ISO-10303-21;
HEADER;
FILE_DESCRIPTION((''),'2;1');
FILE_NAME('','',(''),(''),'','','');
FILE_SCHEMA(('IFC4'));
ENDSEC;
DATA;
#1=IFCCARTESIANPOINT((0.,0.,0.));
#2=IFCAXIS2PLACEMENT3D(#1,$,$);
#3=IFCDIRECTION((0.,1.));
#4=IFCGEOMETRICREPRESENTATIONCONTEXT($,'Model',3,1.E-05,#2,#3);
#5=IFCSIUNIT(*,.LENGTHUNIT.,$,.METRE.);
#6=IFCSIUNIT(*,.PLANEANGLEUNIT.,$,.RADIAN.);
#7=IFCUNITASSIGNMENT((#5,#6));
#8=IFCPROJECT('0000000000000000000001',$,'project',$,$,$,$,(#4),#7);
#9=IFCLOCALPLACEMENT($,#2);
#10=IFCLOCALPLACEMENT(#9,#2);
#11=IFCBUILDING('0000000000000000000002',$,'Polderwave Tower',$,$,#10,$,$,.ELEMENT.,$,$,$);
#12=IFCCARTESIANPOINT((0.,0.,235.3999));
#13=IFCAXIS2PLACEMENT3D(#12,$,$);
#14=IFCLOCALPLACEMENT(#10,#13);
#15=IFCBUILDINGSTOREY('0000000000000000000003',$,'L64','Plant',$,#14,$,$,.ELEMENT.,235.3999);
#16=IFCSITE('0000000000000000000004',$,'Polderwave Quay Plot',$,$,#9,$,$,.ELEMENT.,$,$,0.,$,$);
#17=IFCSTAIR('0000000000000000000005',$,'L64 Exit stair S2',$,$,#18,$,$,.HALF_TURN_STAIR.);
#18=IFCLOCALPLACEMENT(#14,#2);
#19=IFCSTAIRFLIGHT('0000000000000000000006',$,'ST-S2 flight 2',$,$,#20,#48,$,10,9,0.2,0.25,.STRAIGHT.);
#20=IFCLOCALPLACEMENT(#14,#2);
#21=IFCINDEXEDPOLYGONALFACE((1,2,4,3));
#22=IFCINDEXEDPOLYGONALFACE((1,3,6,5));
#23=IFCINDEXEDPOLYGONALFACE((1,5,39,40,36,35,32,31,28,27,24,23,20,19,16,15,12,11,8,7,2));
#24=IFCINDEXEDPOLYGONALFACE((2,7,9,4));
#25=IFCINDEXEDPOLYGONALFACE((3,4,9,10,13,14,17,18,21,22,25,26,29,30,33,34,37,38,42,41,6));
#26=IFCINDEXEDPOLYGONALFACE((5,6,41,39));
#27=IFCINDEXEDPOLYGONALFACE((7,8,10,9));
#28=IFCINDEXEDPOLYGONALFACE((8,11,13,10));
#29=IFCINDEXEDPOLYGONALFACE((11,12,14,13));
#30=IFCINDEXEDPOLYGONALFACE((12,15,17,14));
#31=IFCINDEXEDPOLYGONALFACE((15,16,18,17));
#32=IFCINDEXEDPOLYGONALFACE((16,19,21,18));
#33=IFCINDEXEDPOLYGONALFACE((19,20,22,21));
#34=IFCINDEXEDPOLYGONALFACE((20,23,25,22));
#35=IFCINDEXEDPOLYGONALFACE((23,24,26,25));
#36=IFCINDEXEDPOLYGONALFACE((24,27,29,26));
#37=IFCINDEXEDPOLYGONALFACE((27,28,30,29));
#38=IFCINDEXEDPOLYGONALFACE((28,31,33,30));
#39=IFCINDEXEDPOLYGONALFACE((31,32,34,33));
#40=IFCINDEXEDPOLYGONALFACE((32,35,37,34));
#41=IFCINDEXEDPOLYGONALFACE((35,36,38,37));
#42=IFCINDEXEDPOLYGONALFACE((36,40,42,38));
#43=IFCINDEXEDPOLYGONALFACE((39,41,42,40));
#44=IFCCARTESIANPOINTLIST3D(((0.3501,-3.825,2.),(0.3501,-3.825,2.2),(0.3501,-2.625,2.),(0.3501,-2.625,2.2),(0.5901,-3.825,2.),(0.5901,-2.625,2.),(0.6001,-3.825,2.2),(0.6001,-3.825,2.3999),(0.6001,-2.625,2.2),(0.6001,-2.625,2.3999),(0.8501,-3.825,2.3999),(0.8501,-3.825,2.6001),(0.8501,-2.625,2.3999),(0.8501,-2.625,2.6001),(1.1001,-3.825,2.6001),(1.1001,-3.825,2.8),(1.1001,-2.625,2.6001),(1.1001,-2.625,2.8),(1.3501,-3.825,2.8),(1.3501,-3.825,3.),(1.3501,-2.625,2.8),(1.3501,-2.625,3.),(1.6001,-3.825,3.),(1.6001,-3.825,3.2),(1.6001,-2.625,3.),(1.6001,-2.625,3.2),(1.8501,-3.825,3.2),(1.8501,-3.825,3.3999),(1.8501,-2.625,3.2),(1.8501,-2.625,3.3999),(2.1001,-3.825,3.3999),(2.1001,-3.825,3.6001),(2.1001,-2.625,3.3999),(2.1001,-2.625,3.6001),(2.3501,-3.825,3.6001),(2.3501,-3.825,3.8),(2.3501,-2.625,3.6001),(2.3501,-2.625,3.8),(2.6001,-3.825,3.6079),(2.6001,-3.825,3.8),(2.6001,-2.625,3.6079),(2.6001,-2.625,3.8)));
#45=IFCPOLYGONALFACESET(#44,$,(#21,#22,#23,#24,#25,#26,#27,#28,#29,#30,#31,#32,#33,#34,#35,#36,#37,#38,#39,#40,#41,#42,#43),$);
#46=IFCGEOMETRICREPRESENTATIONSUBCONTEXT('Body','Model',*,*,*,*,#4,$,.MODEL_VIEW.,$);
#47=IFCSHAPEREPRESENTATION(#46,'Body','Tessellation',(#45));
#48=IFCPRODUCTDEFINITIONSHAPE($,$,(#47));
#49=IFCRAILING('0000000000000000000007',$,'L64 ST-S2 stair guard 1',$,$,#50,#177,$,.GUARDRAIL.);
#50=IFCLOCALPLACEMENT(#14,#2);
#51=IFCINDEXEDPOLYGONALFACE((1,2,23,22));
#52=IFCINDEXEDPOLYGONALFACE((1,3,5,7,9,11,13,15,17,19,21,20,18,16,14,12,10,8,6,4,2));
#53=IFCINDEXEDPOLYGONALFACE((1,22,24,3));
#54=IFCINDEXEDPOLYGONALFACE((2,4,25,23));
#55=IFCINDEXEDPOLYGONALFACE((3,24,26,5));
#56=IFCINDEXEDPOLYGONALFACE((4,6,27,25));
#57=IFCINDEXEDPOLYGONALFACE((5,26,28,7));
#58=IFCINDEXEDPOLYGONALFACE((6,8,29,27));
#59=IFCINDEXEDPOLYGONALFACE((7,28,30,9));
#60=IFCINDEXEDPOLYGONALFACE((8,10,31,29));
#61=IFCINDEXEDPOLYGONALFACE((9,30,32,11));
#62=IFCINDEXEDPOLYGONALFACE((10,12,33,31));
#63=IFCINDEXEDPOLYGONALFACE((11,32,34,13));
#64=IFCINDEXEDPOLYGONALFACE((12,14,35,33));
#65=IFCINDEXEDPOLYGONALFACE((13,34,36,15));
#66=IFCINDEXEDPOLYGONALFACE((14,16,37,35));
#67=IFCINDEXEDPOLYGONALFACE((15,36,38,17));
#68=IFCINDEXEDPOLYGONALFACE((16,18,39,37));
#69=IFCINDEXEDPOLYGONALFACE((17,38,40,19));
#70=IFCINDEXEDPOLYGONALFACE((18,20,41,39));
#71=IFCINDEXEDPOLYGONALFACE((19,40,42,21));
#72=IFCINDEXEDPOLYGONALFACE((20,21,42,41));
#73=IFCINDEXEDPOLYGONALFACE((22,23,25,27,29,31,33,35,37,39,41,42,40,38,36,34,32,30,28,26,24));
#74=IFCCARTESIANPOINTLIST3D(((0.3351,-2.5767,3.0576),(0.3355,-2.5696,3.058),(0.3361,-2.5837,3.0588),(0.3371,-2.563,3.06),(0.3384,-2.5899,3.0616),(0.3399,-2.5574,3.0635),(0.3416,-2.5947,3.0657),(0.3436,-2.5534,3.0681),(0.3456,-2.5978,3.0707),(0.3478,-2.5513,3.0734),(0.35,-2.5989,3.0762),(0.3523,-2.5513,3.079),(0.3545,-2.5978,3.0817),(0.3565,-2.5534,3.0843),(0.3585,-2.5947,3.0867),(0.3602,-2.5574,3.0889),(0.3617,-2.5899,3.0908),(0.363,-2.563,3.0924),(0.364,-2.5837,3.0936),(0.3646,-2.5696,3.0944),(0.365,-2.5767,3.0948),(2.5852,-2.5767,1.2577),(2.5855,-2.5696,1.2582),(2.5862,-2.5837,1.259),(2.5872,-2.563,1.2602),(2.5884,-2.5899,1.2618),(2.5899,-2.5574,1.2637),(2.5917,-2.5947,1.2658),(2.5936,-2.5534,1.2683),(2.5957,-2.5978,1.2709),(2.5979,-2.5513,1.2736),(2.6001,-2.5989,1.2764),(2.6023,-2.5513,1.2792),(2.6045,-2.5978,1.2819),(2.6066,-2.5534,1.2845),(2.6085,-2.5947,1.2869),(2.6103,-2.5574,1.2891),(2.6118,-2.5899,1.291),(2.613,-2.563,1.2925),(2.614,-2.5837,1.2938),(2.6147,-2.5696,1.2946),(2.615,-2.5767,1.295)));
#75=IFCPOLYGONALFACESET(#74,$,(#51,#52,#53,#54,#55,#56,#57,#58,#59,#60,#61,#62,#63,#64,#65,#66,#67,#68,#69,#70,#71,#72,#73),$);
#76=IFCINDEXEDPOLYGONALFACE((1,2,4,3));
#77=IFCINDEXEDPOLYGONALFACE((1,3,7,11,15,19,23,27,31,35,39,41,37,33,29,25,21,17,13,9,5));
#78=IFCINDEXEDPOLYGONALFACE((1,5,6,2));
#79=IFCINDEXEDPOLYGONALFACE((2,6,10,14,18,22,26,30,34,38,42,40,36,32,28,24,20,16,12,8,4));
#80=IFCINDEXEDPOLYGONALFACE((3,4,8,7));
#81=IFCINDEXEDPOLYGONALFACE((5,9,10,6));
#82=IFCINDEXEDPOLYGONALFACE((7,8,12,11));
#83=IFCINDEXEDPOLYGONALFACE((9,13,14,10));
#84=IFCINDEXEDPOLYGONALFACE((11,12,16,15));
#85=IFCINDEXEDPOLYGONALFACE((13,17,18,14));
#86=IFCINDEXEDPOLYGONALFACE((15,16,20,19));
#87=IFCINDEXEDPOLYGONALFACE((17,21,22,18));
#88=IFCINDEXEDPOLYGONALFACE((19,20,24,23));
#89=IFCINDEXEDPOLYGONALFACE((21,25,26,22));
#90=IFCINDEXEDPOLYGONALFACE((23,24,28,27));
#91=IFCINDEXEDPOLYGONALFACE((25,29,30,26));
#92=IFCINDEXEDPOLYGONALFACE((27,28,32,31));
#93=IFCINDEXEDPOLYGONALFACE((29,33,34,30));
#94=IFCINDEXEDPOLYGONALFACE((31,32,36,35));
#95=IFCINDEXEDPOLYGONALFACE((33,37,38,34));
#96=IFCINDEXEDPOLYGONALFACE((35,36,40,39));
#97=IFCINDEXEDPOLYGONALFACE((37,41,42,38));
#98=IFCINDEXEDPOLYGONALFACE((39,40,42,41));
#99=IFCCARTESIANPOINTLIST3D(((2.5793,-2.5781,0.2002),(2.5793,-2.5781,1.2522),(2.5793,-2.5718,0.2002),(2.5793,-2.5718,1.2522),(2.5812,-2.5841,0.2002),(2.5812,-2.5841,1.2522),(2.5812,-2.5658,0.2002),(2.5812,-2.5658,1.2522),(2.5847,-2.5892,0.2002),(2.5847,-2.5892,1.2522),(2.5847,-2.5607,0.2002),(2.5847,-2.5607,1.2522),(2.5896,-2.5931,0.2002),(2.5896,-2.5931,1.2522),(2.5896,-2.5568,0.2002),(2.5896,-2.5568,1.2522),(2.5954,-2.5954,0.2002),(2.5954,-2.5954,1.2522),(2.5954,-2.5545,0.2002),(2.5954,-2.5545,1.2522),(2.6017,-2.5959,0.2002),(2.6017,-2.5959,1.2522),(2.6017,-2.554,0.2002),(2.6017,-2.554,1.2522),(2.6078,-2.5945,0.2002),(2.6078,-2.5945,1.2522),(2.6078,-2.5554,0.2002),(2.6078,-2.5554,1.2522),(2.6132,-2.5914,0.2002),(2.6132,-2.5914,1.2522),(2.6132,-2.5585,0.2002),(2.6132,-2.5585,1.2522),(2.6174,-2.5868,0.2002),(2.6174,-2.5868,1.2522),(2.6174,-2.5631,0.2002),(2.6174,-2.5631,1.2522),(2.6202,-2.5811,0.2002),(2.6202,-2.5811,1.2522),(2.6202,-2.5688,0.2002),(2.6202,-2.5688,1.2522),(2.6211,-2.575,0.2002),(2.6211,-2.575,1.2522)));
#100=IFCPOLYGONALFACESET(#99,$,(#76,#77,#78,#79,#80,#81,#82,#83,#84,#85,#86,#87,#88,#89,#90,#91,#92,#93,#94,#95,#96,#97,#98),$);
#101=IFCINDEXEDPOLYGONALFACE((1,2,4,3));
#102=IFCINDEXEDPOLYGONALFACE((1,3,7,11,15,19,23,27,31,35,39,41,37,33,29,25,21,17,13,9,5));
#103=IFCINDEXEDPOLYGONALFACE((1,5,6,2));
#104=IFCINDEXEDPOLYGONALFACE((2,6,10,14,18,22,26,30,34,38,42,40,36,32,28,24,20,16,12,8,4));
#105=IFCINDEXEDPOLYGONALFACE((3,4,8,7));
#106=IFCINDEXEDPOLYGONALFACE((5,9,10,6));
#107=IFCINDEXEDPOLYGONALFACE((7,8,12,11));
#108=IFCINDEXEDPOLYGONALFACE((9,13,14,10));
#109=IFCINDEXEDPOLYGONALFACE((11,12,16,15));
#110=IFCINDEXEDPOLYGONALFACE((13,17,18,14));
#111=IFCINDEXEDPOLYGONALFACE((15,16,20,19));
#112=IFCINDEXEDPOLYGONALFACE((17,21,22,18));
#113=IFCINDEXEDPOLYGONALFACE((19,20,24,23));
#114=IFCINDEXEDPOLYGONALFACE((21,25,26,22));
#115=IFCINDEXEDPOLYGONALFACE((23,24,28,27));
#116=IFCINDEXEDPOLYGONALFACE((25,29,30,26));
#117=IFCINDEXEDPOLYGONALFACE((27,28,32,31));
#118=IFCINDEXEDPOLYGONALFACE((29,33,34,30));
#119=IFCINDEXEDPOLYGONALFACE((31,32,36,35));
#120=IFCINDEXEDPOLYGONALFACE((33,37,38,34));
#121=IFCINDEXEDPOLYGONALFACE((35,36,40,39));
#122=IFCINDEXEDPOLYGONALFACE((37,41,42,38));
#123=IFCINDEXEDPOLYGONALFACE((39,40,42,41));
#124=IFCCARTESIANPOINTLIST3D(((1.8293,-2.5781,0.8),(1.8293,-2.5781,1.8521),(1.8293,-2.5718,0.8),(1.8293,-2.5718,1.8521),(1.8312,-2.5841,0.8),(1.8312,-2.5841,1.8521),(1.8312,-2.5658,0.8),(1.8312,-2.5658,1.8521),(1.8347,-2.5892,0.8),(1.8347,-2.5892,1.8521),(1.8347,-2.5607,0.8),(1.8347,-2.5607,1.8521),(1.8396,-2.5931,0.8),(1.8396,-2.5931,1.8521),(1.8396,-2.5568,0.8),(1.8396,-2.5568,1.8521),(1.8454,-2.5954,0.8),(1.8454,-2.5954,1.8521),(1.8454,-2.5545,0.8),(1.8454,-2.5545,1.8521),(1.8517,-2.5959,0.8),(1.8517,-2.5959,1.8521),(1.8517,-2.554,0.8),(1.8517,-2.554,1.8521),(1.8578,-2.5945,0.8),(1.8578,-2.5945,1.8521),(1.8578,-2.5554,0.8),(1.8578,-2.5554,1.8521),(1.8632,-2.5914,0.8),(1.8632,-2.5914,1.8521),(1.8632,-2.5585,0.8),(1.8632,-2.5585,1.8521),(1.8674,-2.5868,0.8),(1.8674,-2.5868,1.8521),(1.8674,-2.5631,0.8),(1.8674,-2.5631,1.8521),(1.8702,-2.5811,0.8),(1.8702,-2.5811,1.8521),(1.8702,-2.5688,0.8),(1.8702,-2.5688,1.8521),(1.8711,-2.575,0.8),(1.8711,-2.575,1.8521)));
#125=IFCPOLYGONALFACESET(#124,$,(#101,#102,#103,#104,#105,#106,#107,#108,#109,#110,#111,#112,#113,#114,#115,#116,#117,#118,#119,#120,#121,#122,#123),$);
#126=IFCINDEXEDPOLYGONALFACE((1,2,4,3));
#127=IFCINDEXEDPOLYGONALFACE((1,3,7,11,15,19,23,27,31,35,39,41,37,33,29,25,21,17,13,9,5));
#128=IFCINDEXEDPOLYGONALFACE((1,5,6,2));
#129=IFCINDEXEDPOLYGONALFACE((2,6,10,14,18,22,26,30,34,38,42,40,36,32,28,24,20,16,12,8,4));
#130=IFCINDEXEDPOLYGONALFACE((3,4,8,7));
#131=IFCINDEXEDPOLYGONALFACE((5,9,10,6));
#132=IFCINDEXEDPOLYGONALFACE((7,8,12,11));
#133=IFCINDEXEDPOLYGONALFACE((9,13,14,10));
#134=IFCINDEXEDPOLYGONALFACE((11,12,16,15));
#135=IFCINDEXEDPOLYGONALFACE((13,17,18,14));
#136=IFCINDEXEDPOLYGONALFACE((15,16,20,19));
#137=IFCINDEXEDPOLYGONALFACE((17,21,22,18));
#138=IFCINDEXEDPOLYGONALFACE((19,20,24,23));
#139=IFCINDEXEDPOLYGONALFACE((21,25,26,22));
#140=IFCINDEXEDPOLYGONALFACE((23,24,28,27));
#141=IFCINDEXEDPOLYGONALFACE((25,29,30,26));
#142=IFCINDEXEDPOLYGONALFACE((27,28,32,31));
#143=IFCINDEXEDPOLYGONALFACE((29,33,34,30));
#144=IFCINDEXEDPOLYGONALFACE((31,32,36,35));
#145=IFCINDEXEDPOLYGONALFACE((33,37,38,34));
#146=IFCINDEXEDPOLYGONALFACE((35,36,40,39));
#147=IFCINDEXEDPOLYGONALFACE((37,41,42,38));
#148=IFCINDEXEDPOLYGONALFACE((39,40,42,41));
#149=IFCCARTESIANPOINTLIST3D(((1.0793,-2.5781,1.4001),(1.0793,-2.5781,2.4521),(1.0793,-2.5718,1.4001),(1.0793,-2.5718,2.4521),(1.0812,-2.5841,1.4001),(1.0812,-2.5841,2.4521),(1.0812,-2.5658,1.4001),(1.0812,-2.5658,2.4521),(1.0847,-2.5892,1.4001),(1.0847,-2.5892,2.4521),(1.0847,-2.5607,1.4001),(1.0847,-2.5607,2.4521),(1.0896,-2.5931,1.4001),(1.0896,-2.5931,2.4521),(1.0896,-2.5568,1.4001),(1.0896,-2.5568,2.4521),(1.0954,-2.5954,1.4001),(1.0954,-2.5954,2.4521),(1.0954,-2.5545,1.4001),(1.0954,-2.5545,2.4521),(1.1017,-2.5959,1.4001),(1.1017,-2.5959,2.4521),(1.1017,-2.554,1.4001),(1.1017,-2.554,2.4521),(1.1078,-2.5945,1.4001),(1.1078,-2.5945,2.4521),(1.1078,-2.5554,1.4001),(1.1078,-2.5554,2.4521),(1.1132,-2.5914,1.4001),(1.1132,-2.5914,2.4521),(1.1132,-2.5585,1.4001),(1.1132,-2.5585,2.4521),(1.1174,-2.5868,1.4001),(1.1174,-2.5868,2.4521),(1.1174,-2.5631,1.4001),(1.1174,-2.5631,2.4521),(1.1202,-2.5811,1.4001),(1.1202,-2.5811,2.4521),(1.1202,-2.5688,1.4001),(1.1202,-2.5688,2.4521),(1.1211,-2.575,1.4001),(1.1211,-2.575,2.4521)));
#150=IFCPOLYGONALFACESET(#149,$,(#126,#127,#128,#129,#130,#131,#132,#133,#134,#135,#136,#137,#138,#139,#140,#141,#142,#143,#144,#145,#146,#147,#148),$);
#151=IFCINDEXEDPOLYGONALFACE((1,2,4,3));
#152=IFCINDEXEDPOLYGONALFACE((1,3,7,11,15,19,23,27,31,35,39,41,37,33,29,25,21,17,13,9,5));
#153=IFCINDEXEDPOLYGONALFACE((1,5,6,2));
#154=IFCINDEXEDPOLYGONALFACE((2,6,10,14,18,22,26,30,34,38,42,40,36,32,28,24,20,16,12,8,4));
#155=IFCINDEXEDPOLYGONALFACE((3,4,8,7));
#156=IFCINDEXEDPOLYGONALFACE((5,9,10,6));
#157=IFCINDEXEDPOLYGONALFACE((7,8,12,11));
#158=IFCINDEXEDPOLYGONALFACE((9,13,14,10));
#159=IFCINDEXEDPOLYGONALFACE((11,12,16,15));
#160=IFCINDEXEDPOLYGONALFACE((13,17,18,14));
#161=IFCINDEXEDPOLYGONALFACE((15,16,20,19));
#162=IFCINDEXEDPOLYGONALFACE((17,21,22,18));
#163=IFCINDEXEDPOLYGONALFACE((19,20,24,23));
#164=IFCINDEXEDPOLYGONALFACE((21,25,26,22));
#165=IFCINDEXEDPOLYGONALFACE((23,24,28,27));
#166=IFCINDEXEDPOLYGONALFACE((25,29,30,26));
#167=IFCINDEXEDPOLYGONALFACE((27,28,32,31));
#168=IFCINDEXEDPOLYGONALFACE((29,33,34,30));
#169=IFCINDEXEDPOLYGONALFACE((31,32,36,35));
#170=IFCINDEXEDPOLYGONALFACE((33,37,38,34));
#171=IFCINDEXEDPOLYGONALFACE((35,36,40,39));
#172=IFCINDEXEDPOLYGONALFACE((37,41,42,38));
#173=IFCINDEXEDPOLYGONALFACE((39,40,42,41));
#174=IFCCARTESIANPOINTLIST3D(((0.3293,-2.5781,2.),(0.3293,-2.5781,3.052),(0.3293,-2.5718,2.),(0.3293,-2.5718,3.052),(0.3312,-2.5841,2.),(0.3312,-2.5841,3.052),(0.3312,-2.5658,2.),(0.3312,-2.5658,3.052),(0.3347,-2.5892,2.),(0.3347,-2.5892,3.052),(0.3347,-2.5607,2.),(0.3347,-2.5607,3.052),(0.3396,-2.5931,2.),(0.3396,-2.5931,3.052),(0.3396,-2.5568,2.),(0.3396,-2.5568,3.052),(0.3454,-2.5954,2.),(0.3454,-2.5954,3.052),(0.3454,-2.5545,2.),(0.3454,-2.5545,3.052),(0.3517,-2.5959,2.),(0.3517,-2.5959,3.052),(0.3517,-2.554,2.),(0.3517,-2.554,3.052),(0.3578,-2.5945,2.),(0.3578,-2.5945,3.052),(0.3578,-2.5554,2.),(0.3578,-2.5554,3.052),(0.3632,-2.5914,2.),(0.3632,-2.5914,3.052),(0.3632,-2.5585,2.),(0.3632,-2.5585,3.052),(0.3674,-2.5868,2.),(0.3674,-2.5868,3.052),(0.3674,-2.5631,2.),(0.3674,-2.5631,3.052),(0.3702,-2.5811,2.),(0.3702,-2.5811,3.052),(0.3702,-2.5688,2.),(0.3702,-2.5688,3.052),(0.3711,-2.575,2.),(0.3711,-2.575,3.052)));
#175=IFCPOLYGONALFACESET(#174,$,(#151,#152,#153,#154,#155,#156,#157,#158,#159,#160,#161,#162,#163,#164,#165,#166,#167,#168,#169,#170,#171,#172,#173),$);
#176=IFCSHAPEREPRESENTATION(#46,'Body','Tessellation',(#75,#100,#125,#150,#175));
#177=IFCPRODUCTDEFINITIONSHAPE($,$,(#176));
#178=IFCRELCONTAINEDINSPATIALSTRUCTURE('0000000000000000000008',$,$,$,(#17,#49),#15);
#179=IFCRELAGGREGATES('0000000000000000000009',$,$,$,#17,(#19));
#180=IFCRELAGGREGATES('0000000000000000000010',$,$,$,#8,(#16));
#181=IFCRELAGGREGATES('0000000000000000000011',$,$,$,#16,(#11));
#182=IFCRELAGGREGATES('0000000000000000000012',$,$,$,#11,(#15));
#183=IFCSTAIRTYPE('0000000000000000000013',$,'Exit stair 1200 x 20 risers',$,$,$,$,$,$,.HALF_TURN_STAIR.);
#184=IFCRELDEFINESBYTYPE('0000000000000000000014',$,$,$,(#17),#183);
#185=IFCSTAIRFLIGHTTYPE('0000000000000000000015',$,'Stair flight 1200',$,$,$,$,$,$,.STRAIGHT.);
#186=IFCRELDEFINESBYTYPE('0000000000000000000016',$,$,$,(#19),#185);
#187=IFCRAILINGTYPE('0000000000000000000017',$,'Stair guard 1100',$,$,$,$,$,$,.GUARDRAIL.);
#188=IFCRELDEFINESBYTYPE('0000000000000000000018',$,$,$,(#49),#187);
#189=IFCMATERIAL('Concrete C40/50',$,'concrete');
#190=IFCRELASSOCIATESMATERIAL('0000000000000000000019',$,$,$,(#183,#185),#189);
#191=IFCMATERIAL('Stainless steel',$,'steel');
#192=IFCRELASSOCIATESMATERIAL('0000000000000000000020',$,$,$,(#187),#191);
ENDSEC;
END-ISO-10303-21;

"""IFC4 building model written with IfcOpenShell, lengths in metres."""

from ifc_helpers import new_model, si_unit, direction, frame, origin, origin_2d, place, context, subcontext, project, spatial, polyline, circle, outline, extrude, material, type_object, element, aggregate, save


model = new_model("IFC4")

# Units and contexts
model_context = context("Model", 3, precision=1e-05, world=origin(), true_north=direction((0.0, 1.0)))
body_context = subcontext(model_context, "Body", "Model", "MODEL_VIEW")
ifc_project = project(units=[si_unit("LENGTHUNIT", "METRE"), si_unit("PLANEANGLEUNIT", "RADIAN")], contexts=[model_context])

# Site, building, storey
site_placement = place(None, origin())
site = spatial("IfcSite", under=ifc_project, at=site_placement, Name="Polderwave Quay Plot", CompositionType="ELEMENT", RefElevation=0.0)
building_placement = place(site_placement, origin())
building = spatial("IfcBuilding", under=site, at=building_placement, Name="Polderwave Tower", CompositionType="ELEMENT")
storey_placement = place(building_placement, frame((0.0, 0.0, 235.3999)))
storey = spatial("IfcBuildingStorey", under=building, at=storey_placement, Name="L64", Description="Plant", CompositionType="ELEMENT", Elevation=235.3999)

# Stair, stair flight
ifc_material_1 = material(Name="Concrete C40/50", Category="concrete")
stair_type = type_object("IfcStairType", Name="Exit stair 1200 x 20 risers", PredefinedType="HALF_TURN_STAIR", material=ifc_material_1)
stair_placement = place(storey_placement, origin())
stair = element("IfcStair", 1, at=stair_placement, inside=storey, type_object=stair_type, Name="L64 Exit stair S2", PredefinedType="HALF_TURN_STAIR")
stair_flight_type = type_object("IfcStairFlightType", Name="Stair flight 1200", PredefinedType="STRAIGHT", material=ifc_material_1)
stair_flight_1_placement = place(storey_placement, frame((0.3501, -3.2251, 2.0), z_axis=(0.0, 0.0, 1.0), x_axis=(1.0, 0.0, 0.0)))
stair_flight_1 = element("IfcStairFlight", 2, at=stair_flight_1_placement, type_object=stair_flight_type, Name="ST-S2 flight 2", NumberOfRisers=10, NumberOfTreads=9, PredefinedType="STRAIGHT", RiserHeight=0.2, TreadLength=0.25, context=body_context, shape_type="SweptSolid", body=[
    extrude(outline(polyline([(0.0, 0.0), (0.0, 0.2), (0.25, 0.2), (0.25, 0.3999), (0.5, 0.3999), (0.5, 0.6001), (0.75, 0.6001), (0.75, 0.8), (1.0, 0.8), (1.0, 1.0), (1.25, 1.0), (1.25, 1.2), (1.5, 1.2), (1.5, 1.3999), (1.75, 1.3999), (1.75, 1.6001), (2.0, 1.6001), (2.0, 1.8), (2.25, 1.8), (2.25, 2.0), (2.25, 1.6079), (0.24, 0.0), (0.0, 0.0)])), frame((0.0, 0.6001, 0.0), z_axis=(0.0, -1.0, 0.0), x_axis=(1.0, 0.0, 0.0)), (0.0, 0.0, 1.0), 1.2),
])
aggregate(stair, [stair_flight_1])

# Railing
ifc_material_2 = material(Name="Stainless steel", Category="steel")
railing_type_1 = type_object("IfcRailingType", Name="Stair guard 1100", PredefinedType="GUARDRAIL", material=ifc_material_2)
railing_1_placement = place(storey_placement, frame((2.6001, -2.575, 0.2002)))
element("IfcRailing", 3, at=railing_1_placement, inside=storey, type_object=railing_type_1, Name="L64 ST-S2 stair guard 1", PredefinedType="GUARDRAIL", context=body_context, shape_type="SweptSolid", body=[
    extrude(circle(Radius=0.0239, at=origin_2d()), frame((0.0, 0.0, 1.0762), z_axis=(-0.780902, 0.0, 0.624654), x_axis=(0.0, -1.0, 0.0)), (0.0, 0.0, 1.0), 2.8813),
    extrude(circle(Radius=0.021, at=origin_2d()), origin(), (0.0, 0.0, 1.0), 1.052),
    extrude(circle(Radius=0.021, at=origin_2d()), frame((-0.75, 0.0, 0.5999)), (0.0, 0.0, 1.0), 1.052),
    extrude(circle(Radius=0.021, at=origin_2d()), frame((-1.5, 0.0, 1.2)), (0.0, 0.0, 1.0), 1.052),
    extrude(circle(Radius=0.021, at=origin_2d()), frame((-2.25, 0.0, 1.7998)), (0.0, 0.0, 1.0), 1.052),
])

save(model, "model.ifc")
